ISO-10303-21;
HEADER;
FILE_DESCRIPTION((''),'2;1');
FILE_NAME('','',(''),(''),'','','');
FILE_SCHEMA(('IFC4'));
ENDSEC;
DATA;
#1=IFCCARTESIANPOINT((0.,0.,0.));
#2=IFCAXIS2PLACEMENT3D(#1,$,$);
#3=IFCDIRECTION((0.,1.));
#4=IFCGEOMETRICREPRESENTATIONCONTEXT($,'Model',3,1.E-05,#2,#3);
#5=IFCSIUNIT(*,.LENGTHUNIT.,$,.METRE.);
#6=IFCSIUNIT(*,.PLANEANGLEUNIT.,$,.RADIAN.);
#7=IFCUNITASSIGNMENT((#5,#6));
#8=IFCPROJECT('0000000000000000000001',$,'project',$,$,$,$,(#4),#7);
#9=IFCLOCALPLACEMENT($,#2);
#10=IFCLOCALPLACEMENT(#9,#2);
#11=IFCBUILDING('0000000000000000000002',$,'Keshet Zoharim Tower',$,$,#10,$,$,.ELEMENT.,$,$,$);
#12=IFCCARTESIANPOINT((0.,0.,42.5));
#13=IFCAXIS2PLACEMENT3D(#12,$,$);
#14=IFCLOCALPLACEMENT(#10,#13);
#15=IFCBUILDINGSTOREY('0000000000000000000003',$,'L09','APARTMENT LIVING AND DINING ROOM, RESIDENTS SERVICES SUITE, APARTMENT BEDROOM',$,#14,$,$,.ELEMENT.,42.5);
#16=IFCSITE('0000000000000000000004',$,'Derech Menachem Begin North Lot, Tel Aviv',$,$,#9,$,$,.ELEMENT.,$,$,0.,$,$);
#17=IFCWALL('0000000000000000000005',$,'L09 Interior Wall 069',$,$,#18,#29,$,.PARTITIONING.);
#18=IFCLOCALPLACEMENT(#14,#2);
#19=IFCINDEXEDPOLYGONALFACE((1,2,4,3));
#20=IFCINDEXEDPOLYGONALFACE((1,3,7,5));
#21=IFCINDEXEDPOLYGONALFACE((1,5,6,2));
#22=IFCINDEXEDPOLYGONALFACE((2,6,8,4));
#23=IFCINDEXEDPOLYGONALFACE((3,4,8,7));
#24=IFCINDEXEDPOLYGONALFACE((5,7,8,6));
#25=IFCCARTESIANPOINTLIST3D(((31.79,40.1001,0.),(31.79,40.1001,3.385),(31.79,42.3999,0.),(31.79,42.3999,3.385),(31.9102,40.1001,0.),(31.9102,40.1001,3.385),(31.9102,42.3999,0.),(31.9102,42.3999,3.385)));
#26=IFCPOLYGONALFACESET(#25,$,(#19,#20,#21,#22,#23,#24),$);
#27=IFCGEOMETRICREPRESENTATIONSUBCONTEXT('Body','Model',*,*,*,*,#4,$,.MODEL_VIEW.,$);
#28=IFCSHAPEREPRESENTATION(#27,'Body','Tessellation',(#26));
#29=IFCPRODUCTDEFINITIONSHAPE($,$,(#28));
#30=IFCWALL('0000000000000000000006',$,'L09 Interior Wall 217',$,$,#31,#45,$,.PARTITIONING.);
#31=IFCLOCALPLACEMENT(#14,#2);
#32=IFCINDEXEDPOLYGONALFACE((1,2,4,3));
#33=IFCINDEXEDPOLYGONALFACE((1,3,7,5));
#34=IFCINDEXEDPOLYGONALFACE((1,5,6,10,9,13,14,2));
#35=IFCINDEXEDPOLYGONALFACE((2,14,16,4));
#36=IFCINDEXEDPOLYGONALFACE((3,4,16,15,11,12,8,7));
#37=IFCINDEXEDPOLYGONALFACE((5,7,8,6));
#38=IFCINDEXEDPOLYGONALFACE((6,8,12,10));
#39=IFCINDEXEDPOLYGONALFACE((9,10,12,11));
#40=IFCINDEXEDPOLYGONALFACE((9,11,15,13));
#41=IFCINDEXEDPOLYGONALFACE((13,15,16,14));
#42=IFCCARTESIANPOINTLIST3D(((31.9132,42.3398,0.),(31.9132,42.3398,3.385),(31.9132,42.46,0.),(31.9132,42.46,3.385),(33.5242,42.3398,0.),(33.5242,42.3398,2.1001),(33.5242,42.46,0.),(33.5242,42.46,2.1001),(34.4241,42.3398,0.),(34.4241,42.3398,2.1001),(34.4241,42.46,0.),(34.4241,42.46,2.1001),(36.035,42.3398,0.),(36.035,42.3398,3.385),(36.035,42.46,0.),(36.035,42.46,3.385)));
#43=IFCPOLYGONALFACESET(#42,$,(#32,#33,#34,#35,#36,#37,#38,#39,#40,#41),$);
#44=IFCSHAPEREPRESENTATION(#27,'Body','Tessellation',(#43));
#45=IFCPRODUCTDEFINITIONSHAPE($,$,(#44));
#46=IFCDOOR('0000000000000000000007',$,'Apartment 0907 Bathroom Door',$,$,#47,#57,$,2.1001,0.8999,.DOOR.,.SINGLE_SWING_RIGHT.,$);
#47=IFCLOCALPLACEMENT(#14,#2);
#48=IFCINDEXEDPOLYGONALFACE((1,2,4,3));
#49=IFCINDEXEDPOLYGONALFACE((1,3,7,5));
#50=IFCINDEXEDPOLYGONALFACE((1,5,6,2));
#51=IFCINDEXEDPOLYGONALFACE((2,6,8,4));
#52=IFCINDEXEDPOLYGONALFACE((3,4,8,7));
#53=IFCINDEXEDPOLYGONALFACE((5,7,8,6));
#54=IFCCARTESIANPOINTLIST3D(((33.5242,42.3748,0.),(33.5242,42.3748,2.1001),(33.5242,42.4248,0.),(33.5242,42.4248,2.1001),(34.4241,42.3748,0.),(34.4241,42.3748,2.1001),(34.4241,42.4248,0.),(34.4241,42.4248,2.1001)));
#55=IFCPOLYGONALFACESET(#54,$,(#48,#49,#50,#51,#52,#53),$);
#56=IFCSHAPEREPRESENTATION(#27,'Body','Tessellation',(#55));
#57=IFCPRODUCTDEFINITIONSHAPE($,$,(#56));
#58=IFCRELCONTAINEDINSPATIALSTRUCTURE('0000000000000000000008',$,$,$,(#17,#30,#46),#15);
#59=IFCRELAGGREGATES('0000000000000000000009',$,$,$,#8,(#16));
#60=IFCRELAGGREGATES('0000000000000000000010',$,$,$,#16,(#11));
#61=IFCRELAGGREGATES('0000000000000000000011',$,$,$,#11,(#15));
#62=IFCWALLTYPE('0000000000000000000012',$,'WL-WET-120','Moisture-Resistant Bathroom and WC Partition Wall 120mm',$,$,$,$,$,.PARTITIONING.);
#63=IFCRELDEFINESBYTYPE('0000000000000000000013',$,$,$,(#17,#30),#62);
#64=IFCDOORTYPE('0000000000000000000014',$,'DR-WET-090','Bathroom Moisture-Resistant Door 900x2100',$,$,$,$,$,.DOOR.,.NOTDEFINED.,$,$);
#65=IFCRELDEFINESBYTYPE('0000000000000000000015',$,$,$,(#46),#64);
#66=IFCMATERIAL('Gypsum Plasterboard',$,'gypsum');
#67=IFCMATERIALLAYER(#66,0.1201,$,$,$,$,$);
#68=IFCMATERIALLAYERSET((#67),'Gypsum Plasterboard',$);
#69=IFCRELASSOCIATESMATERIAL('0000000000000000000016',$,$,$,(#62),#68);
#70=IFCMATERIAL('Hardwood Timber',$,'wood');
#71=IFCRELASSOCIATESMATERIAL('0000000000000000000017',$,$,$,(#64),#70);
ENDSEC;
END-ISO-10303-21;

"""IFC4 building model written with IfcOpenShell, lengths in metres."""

from ifc_helpers import new_model, si_unit, direction, frame, frame_2d, origin, place, context, subcontext, project, spatial, rectangle, extrude, material, layer, layer_set, type_object, element, fill, save


model = new_model("IFC4")

# Units and contexts
model_context = context("Model", 3, precision=1e-05, world=origin(), true_north=direction((0.0, 1.0)))
body_context = subcontext(model_context, "Body", "Model", "MODEL_VIEW")
ifc_project = project(units=[si_unit("LENGTHUNIT", "METRE"), si_unit("PLANEANGLEUNIT", "RADIAN")], contexts=[model_context])

# Site, building, storey
site_placement = place(None, origin())
site = spatial("IfcSite", under=ifc_project, at=site_placement, Name="Derech Menachem Begin North Lot, Tel Aviv", CompositionType="ELEMENT", RefElevation=0.0)
building_placement = place(site_placement, origin())
building = spatial("IfcBuilding", under=site, at=building_placement, Name="Keshet Zoharim Tower", CompositionType="ELEMENT")
storey_placement = place(building_placement, frame((0.0, 0.0, 42.5)))
storey = spatial("IfcBuildingStorey", under=building, at=storey_placement, Name="L09", Description="APARTMENT LIVING AND DINING ROOM, RESIDENTS SERVICES SUITE, APARTMENT BEDROOM", CompositionType="ELEMENT", Elevation=42.5)

# Shared definitions
ifc_material_1 = material(Name="Gypsum Plasterboard", Category="gypsum")
ifc_material_2 = material(Name="Hardwood Timber", Category="wood")

# Wall
ifc_layer_1 = layer(ifc_material_1, 0.1201)
ifc_layer_set_1 = layer_set([ifc_layer_1], Name="Gypsum Plasterboard")
wall_type_1 = type_object("IfcWallType", Name="WL-WET-120", Description="Moisture-Resistant Bathroom and WC Partition Wall 120mm", PredefinedType="PARTITIONING", material=ifc_layer_set_1)
wall_1_placement = place(storey_placement, frame((31.8501, 40.1001, 0.0), z_axis=(0.0, 0.0, 1.0), x_axis=(0.0, 1.0, 0.0)))
element("IfcWall", 1, at=wall_1_placement, inside=storey, type_object=wall_type_1, Name="L09 Interior Wall 069", PredefinedType="PARTITIONING", context=body_context, shape_type="SweptSolid", body=[
    extrude(rectangle(XDim=2.2998, YDim=0.1201, at=frame_2d((1.1499, 0.0))), origin(), (0.0, 0.0, 1.0), 3.385),
])

# Wall, opening, door
wall_2_placement = place(storey_placement, frame((31.9131, 42.3999, 0.0), z_axis=(0.0, 0.0, 1.0), x_axis=(1.0, 0.0, 0.0)))
wall_2 = element("IfcWall", 2, at=wall_2_placement, inside=storey, type_object=wall_type_1, Name="L09 Interior Wall 217", PredefinedType="PARTITIONING", context=body_context, shape_type="SweptSolid", body=[
    extrude(rectangle(XDim=4.1218, YDim=0.1201, at=frame_2d((2.061, 0.0))), origin(), (0.0, 0.0, 1.0), 3.385),
])
opening_1_placement = place(wall_2_placement, frame((1.6111, 0.0, 0.0)))
opening_1 = element("IfcOpeningElement", 3, at=opening_1_placement, cuts=wall_2, PredefinedType="OPENING", context=body_context, shape_type="SweptSolid", body=[
    extrude(rectangle(XDim=0.8999, YDim=2.1001, at=frame_2d((0.45, 1.05))), frame((0.0, 0.0701, 0.0), z_axis=(0.0, -1.0, 0.0), x_axis=(1.0, 0.0, 0.0)), (0.0, 0.0, 1.0), 0.1401),
])
door_type_1 = type_object("IfcDoorType", Name="DR-WET-090", Description="Bathroom Moisture-Resistant Door 900x2100", OperationType="NOTDEFINED", PredefinedType="DOOR", material=ifc_material_2)
door_1_placement = place(opening_1_placement, origin())
door_1 = element("IfcDoor", 4, at=door_1_placement, inside=storey, type_object=door_type_1, Name="Apartment 0907 Bathroom Door", OperationType="SINGLE_SWING_RIGHT", OverallHeight=2.1001, OverallWidth=0.8999, PredefinedType="DOOR", context=body_context, shape_type="SweptSolid", body=[
    extrude(rectangle(XDim=0.8999, YDim=2.1001, at=frame_2d((0.45, 1.05))), frame((0.0, 0.0249, 0.0), z_axis=(0.0, -1.0, 0.0), x_axis=(1.0, 0.0, 0.0)), (0.0, 0.0, 1.0), 0.05),
])
fill(opening_1, door_1)

save(model, "model.ifc")
